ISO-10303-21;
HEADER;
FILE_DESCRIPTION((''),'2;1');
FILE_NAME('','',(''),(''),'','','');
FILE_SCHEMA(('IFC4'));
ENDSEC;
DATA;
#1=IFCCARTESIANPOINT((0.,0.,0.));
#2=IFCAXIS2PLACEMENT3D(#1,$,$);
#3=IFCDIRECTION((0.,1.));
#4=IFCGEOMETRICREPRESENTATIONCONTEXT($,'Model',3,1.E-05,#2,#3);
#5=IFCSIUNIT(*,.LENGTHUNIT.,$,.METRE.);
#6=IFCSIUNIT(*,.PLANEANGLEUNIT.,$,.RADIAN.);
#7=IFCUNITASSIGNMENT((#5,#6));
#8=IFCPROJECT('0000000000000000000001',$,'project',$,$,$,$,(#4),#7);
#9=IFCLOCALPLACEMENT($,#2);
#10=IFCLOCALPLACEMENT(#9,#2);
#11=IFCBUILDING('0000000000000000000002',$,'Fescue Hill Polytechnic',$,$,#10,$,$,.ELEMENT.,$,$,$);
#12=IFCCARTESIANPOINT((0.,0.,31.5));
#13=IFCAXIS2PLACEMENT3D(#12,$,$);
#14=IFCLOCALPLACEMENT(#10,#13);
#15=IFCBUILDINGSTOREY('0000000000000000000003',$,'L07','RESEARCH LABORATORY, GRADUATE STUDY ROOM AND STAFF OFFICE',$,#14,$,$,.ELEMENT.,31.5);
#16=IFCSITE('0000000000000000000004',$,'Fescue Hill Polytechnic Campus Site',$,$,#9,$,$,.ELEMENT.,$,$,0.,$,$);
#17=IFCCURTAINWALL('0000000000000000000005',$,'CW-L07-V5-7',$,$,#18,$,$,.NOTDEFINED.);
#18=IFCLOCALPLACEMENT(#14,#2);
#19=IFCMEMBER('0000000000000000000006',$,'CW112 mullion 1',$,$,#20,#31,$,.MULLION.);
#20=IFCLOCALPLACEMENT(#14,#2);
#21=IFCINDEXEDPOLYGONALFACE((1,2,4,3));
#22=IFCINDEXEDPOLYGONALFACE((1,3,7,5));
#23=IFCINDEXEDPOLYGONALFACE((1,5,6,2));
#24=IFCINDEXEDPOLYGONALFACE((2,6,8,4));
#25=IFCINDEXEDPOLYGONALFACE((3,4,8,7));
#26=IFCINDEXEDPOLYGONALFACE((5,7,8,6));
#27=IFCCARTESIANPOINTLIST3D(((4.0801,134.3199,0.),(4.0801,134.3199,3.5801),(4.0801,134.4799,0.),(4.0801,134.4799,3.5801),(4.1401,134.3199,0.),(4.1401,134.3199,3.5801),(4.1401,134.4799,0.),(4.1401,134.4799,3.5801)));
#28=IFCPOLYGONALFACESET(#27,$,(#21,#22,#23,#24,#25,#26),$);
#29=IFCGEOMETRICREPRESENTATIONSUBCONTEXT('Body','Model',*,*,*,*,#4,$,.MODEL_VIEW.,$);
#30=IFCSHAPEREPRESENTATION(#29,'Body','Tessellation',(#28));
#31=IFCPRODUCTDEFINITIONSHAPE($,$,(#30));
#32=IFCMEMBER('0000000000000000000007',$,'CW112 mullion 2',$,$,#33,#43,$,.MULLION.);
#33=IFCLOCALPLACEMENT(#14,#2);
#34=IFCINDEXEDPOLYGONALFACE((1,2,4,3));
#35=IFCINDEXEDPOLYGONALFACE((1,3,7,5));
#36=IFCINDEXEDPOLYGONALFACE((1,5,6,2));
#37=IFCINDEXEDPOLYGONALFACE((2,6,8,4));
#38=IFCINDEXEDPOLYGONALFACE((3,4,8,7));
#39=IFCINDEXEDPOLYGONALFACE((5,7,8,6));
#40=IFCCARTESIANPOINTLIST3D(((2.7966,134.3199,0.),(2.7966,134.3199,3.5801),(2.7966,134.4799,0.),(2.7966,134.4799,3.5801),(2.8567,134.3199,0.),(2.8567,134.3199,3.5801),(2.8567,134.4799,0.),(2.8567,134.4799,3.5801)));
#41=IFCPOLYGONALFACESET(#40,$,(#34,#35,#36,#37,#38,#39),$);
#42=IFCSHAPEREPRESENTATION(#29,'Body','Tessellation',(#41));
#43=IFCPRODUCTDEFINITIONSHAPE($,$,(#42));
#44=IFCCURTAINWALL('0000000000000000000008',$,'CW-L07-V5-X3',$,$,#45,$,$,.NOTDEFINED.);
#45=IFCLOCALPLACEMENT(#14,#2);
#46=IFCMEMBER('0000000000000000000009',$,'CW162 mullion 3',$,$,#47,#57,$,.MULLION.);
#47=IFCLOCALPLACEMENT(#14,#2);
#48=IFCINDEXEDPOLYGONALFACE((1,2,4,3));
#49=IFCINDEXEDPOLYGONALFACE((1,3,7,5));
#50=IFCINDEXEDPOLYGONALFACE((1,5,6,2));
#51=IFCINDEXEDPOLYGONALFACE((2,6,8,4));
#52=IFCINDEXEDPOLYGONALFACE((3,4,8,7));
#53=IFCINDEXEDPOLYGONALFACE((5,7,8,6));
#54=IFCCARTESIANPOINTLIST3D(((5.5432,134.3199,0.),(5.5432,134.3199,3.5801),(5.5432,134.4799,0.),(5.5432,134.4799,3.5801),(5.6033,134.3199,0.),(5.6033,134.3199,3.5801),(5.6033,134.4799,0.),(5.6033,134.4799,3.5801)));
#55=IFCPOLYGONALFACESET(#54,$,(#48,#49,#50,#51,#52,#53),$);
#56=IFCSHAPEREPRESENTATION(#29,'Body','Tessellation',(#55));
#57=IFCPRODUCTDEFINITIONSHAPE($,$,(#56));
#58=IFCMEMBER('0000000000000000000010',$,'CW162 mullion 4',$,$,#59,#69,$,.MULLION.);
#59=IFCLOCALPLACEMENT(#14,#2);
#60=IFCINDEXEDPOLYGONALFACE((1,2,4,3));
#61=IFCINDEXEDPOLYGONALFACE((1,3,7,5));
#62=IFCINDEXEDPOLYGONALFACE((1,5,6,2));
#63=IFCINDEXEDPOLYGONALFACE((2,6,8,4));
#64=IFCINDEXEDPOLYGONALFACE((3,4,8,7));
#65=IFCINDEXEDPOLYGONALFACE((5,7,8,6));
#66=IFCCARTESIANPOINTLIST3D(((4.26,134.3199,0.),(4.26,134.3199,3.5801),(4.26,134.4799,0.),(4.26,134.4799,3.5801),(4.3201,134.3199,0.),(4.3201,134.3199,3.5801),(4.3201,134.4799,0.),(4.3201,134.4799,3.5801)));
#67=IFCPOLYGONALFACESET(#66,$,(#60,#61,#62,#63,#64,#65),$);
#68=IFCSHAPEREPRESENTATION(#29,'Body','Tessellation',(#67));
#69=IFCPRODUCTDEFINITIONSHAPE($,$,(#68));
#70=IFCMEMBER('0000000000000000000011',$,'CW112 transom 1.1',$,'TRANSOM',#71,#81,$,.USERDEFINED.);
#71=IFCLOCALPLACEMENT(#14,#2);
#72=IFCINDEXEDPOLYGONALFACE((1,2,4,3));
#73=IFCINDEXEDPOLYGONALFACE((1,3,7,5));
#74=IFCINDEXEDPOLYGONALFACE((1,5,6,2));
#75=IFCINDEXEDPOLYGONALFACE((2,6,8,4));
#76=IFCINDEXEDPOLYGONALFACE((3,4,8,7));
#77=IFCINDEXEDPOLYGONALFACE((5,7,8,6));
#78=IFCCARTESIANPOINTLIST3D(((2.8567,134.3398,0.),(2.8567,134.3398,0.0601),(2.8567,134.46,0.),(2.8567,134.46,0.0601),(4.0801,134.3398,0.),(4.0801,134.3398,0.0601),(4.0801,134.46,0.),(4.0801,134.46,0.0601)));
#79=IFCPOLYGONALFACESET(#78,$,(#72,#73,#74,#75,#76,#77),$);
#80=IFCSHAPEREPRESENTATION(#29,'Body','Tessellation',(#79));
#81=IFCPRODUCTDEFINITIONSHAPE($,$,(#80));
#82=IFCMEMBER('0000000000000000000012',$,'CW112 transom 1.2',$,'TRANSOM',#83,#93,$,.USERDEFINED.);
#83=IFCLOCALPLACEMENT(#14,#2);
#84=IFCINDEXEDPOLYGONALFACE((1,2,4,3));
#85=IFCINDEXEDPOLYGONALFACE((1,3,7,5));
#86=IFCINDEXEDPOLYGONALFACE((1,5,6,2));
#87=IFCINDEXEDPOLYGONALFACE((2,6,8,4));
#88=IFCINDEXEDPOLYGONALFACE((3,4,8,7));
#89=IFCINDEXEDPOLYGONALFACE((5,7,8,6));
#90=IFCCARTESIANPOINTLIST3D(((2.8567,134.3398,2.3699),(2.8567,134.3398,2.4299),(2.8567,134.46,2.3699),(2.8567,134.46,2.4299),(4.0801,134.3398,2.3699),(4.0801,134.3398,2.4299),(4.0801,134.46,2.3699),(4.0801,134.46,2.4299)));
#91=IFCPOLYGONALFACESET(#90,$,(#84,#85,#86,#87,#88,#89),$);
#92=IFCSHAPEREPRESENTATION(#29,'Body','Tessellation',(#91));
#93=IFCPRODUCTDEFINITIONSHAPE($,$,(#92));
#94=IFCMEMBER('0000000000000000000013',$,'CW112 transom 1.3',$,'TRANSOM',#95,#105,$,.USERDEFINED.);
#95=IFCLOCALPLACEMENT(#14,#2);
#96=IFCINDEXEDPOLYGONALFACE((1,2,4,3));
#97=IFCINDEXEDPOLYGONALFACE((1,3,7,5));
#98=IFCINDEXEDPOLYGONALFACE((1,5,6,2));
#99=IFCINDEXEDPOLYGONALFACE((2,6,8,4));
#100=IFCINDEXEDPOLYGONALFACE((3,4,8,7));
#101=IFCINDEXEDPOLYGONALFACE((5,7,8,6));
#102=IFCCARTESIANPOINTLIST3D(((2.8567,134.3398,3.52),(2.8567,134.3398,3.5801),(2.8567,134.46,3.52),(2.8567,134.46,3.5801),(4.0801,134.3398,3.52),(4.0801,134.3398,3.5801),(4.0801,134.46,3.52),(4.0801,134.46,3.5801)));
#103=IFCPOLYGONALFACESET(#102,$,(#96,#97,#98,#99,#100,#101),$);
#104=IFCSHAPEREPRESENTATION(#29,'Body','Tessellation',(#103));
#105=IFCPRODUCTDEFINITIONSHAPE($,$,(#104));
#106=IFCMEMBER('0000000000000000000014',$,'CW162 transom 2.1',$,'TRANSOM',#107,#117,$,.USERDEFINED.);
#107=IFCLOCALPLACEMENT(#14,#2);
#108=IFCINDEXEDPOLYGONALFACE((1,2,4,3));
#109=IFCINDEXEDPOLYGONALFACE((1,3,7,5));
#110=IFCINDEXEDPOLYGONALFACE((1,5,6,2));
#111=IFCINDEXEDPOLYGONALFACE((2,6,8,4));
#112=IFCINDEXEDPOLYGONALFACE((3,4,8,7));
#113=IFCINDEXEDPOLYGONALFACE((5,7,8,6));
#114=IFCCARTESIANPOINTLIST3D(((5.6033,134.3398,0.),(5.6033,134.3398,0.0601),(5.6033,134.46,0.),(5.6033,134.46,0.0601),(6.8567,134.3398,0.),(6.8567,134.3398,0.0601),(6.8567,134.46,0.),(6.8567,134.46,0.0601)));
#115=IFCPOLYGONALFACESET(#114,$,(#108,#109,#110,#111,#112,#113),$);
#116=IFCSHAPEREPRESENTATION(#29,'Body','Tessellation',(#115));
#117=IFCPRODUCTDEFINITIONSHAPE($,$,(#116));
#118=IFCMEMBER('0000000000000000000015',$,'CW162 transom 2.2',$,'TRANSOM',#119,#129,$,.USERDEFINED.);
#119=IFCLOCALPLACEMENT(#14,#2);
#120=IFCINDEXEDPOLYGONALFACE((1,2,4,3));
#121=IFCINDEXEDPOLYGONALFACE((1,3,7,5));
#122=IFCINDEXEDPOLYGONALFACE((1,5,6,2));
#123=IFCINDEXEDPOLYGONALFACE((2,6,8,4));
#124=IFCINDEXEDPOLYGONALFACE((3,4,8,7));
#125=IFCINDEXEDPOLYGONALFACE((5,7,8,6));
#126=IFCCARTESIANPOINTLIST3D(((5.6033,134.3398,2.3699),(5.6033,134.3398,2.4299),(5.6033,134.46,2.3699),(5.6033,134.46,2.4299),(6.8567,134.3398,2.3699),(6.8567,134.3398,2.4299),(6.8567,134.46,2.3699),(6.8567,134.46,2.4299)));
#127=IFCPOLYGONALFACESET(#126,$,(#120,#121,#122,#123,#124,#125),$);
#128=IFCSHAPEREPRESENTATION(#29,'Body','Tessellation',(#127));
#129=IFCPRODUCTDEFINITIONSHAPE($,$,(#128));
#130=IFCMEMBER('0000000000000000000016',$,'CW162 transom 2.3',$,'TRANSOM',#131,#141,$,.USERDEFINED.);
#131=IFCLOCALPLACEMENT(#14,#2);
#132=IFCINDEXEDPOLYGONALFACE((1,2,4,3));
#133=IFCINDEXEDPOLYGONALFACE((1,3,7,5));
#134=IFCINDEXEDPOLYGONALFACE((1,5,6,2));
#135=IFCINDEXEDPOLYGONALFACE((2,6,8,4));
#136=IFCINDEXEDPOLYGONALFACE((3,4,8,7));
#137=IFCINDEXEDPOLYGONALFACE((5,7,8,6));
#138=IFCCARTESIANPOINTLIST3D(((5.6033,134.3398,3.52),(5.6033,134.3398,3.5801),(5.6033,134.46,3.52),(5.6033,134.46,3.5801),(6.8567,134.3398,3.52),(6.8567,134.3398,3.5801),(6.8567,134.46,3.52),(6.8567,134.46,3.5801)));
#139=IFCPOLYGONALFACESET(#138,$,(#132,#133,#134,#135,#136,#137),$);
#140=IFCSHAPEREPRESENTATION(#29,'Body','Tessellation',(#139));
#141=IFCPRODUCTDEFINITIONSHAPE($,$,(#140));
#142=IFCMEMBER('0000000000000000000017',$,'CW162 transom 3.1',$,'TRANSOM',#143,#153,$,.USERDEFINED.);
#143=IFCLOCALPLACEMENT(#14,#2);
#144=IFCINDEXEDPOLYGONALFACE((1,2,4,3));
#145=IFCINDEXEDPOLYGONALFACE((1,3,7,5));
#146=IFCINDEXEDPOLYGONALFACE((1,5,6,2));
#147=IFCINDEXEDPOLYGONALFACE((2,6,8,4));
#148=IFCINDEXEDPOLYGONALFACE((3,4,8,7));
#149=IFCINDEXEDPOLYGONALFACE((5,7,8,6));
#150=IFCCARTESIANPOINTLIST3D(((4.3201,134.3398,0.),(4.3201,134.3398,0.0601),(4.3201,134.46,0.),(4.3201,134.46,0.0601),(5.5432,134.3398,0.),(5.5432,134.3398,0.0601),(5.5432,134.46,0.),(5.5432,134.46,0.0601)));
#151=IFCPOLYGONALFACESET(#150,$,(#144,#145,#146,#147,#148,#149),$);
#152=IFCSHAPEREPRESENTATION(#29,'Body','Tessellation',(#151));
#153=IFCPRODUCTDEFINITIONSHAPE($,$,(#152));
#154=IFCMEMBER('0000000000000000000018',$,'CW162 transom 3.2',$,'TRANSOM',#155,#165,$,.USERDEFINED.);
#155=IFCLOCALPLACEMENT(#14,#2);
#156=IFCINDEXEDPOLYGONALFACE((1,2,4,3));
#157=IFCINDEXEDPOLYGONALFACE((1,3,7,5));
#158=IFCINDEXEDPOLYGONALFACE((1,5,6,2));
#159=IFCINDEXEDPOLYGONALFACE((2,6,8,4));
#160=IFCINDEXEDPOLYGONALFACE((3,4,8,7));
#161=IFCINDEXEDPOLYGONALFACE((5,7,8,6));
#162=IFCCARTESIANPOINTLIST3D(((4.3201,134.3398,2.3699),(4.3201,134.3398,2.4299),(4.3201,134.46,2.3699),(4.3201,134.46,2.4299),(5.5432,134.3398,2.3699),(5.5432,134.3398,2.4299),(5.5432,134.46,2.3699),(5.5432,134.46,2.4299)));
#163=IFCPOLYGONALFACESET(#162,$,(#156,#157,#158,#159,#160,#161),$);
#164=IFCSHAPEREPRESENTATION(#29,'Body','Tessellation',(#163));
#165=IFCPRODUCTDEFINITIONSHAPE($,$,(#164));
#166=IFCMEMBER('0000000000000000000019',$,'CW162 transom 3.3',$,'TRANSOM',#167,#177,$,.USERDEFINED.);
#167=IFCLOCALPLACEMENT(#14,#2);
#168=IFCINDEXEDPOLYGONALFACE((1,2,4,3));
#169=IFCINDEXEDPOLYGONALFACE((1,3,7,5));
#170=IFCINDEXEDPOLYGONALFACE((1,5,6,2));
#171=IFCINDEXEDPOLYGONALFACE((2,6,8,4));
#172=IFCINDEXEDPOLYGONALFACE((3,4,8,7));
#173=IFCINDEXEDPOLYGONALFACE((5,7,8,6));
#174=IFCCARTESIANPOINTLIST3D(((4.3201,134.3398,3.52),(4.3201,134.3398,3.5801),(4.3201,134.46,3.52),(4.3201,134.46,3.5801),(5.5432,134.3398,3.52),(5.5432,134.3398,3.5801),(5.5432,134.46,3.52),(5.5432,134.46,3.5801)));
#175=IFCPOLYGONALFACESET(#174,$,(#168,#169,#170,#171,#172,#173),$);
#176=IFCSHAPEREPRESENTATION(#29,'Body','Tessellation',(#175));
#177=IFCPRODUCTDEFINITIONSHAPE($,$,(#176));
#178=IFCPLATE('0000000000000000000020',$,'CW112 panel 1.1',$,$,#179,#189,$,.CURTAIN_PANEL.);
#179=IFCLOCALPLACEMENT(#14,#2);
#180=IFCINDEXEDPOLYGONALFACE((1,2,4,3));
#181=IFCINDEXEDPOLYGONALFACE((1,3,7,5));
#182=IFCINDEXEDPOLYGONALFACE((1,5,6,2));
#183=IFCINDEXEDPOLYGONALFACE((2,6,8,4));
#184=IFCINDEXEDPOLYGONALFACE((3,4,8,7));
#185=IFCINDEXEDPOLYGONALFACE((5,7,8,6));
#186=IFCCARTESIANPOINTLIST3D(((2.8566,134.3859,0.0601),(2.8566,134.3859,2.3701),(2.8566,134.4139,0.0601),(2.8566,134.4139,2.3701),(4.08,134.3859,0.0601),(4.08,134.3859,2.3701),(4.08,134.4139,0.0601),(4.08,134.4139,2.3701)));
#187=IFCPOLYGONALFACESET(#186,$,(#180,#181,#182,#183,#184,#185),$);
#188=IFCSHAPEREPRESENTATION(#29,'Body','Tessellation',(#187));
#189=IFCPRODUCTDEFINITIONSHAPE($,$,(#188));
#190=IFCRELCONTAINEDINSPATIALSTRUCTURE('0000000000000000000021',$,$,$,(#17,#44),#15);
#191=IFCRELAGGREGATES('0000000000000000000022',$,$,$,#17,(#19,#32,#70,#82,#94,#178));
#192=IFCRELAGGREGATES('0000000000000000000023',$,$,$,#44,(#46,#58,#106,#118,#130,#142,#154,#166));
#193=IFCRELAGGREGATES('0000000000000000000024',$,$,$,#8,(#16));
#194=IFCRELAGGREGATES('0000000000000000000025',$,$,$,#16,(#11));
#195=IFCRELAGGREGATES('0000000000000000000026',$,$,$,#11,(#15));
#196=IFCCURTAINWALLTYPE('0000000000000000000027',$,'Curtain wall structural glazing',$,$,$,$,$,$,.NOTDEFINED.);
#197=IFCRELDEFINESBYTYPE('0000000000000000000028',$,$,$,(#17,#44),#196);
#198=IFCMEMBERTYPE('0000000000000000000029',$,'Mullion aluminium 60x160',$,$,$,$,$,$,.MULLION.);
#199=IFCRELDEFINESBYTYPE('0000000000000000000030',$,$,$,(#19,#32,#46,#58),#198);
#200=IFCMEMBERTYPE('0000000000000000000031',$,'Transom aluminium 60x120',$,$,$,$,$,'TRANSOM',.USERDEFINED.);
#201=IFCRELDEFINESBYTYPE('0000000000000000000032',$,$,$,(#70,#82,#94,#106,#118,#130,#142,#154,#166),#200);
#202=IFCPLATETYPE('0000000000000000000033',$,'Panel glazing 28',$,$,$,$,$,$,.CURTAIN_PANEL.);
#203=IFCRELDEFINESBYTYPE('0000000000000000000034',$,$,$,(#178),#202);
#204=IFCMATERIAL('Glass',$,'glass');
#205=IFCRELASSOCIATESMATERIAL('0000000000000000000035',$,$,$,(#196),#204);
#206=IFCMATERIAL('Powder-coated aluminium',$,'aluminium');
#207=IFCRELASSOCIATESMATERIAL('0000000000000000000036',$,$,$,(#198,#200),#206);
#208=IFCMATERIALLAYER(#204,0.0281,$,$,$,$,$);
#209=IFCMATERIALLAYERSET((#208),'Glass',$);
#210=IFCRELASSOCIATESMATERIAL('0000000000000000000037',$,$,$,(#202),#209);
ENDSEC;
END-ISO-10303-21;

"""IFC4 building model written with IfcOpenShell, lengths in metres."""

from ifc_helpers import new_model, si_unit, direction, frame, origin, origin_2d, place, context, subcontext, project, spatial, rectangle, extrude, material, layer, layer_set, material_profile, profile_set, type_object, element, aggregate, save


model = new_model("IFC4")

# Units and contexts
model_context = context("Model", 3, precision=1e-05, world=origin(), true_north=direction((0.0, 1.0)))
body_context = subcontext(model_context, "Body", "Model", "MODEL_VIEW")
ifc_project = project(units=[si_unit("LENGTHUNIT", "METRE"), si_unit("PLANEANGLEUNIT", "RADIAN")], contexts=[model_context])

# Site, building, storey
site_placement = place(None, origin())
site = spatial("IfcSite", under=ifc_project, at=site_placement, Name="Fescue Hill Polytechnic Campus Site", CompositionType="ELEMENT", RefElevation=0.0)
building_placement = place(site_placement, origin())
building = spatial("IfcBuilding", under=site, at=building_placement, Name="Fescue Hill Polytechnic", CompositionType="ELEMENT")
storey_placement = place(building_placement, frame((0.0, 0.0, 31.5)))
storey = spatial("IfcBuildingStorey", under=building, at=storey_placement, Name="L07", Description="RESEARCH LABORATORY, GRADUATE STUDY ROOM AND STAFF OFFICE", CompositionType="ELEMENT", Elevation=31.5)

# Curtain walls, members
ifc_material_1 = material(Name="Glass", Category="glass")
curtain_wall_type = type_object("IfcCurtainWallType", Name="Curtain wall structural glazing", PredefinedType="NOTDEFINED", material=ifc_material_1)
curtain_wall_1_placement = place(storey_placement, origin())
curtain_wall_1 = element("IfcCurtainWall", 1, at=curtain_wall_1_placement, inside=storey, type_object=curtain_wall_type, Name="CW-L07-V5-7", PredefinedType="NOTDEFINED")
ifc_material_2 = material(Name="Powder-coated aluminium", Category="aluminium")
ifc_material_profile_1 = material_profile(ifc_material_2, rectangle(XDim=0.1599, YDim=0.0601, at=origin_2d()), Name="Mullion aluminium 60x160")
ifc_profile_set_1 = profile_set([ifc_material_profile_1], Name="Powder-coated aluminium")
member_type_1 = type_object("IfcMemberType", Name="Mullion aluminium 60x160", PredefinedType="MULLION", material=ifc_profile_set_1)
member_1_placement = place(storey_placement, frame((4.1101, 134.3999, 0.0), z_axis=(0.0, 0.0, 1.0), x_axis=(0.0, -1.0, 0.0)))
member_1 = element("IfcMember", 2, at=member_1_placement, type_object=member_type_1, Name="CW112 mullion 1", PredefinedType="MULLION", context=body_context, shape_type="SweptSolid", body=[
    extrude(rectangle(XDim=0.1599, YDim=0.0601, at=origin_2d()), origin(), (0.0, 0.0, 1.0), 3.5801),
])
member_2_placement = place(storey_placement, frame((2.8267, 134.3999, 0.0), z_axis=(0.0, 0.0, 1.0), x_axis=(0.0, -1.0, 0.0)))
member_2 = element("IfcMember", 3, at=member_2_placement, type_object=member_type_1, Name="CW112 mullion 2", PredefinedType="MULLION", context=body_context, shape_type="SweptSolid", body=[
    extrude(rectangle(XDim=0.1599, YDim=0.0601, at=origin_2d()), origin(), (0.0, 0.0, 1.0), 3.5801),
])
curtain_wall_2_placement = place(storey_placement, origin())
curtain_wall_2 = element("IfcCurtainWall", 4, at=curtain_wall_2_placement, inside=storey, type_object=curtain_wall_type, Name="CW-L07-V5-X3", PredefinedType="NOTDEFINED")
member_3_placement = place(storey_placement, frame((5.5732, 134.3999, 0.0), z_axis=(0.0, 0.0, 1.0), x_axis=(0.0, -1.0, 0.0)))
member_3 = element("IfcMember", 5, at=member_3_placement, type_object=member_type_1, Name="CW162 mullion 3", PredefinedType="MULLION", context=body_context, shape_type="SweptSolid", body=[
    extrude(rectangle(XDim=0.1599, YDim=0.0601, at=origin_2d()), origin(), (0.0, 0.0, 1.0), 3.5801),
])
member_4_placement = place(storey_placement, frame((4.29, 134.3999, 0.0), z_axis=(0.0, 0.0, 1.0), x_axis=(0.0, -1.0, 0.0)))
member_4 = element("IfcMember", 6, at=member_4_placement, type_object=member_type_1, Name="CW162 mullion 4", PredefinedType="MULLION", context=body_context, shape_type="SweptSolid", body=[
    extrude(rectangle(XDim=0.1599, YDim=0.0601, at=origin_2d()), origin(), (0.0, 0.0, 1.0), 3.5801),
])

# Members
ifc_material_profile_2 = material_profile(ifc_material_2, rectangle(XDim=0.1201, YDim=0.0601, at=origin_2d()), Name="Transom aluminium 60x120")
ifc_profile_set_2 = profile_set([ifc_material_profile_2], Name="Powder-coated aluminium")
member_type_2 = type_object("IfcMemberType", Name="Transom aluminium 60x120", ElementType="TRANSOM", PredefinedType="USERDEFINED", material=ifc_profile_set_2)
member_5_placement = place(storey_placement, frame((4.0801, 134.3999, 0.03), z_axis=(-1.0, 0.0, 0.0), x_axis=(0.0, -1.0, 0.0)))
member_5 = element("IfcMember", 7, at=member_5_placement, type_object=member_type_2, Name="CW112 transom 1.1", ObjectType="TRANSOM", PredefinedType="USERDEFINED", context=body_context, shape_type="SweptSolid", body=[
    extrude(rectangle(XDim=0.1201, YDim=0.0601, at=origin_2d()), origin(), (0.0, 0.0, 1.0), 1.2234),
])
member_6_placement = place(storey_placement, frame((4.0801, 134.3999, 2.3999), z_axis=(-1.0, 0.0, 0.0), x_axis=(0.0, -1.0, 0.0)))
member_6 = element("IfcMember", 8, at=member_6_placement, type_object=member_type_2, Name="CW112 transom 1.2", ObjectType="TRANSOM", PredefinedType="USERDEFINED", context=body_context, shape_type="SweptSolid", body=[
    extrude(rectangle(XDim=0.1201, YDim=0.0601, at=origin_2d()), origin(), (0.0, 0.0, 1.0), 1.2234),
])
member_7_placement = place(storey_placement, frame((4.0801, 134.3999, 3.55), z_axis=(-1.0, 0.0, 0.0), x_axis=(0.0, -1.0, 0.0)))
member_7 = element("IfcMember", 9, at=member_7_placement, type_object=member_type_2, Name="CW112 transom 1.3", ObjectType="TRANSOM", PredefinedType="USERDEFINED", context=body_context, shape_type="SweptSolid", body=[
    extrude(rectangle(XDim=0.1201, YDim=0.0601, at=origin_2d()), origin(), (0.0, 0.0, 1.0), 1.2234),
])
member_8_placement = place(storey_placement, frame((6.8567, 134.3999, 0.03), z_axis=(-1.0, 0.0, 0.0), x_axis=(0.0, -1.0, 0.0)))
member_8 = element("IfcMember", 10, at=member_8_placement, type_object=member_type_2, Name="CW162 transom 2.1", ObjectType="TRANSOM", PredefinedType="USERDEFINED", context=body_context, shape_type="SweptSolid", body=[
    extrude(rectangle(XDim=0.1201, YDim=0.0601, at=origin_2d()), origin(), (0.0, 0.0, 1.0), 1.2534),
])
member_9_placement = place(storey_placement, frame((6.8567, 134.3999, 2.3999), z_axis=(-1.0, 0.0, 0.0), x_axis=(0.0, -1.0, 0.0)))
member_9 = element("IfcMember", 11, at=member_9_placement, type_object=member_type_2, Name="CW162 transom 2.2", ObjectType="TRANSOM", PredefinedType="USERDEFINED", context=body_context, shape_type="SweptSolid", body=[
    extrude(rectangle(XDim=0.1201, YDim=0.0601, at=origin_2d()), origin(), (0.0, 0.0, 1.0), 1.2534),
])
member_10_placement = place(storey_placement, frame((6.8567, 134.3999, 3.55), z_axis=(-1.0, 0.0, 0.0), x_axis=(0.0, -1.0, 0.0)))
member_10 = element("IfcMember", 12, at=member_10_placement, type_object=member_type_2, Name="CW162 transom 2.3", ObjectType="TRANSOM", PredefinedType="USERDEFINED", context=body_context, shape_type="SweptSolid", body=[
    extrude(rectangle(XDim=0.1201, YDim=0.0601, at=origin_2d()), origin(), (0.0, 0.0, 1.0), 1.2534),
])
member_11_placement = place(storey_placement, frame((5.5432, 134.3999, 0.03), z_axis=(-1.0, 0.0, 0.0), x_axis=(0.0, -1.0, 0.0)))
member_11 = element("IfcMember", 13, at=member_11_placement, type_object=member_type_2, Name="CW162 transom 3.1", ObjectType="TRANSOM", PredefinedType="USERDEFINED", context=body_context, shape_type="SweptSolid", body=[
    extrude(rectangle(XDim=0.1201, YDim=0.0601, at=origin_2d()), origin(), (0.0, 0.0, 1.0), 1.2231),
])
member_12_placement = place(storey_placement, frame((5.5432, 134.3999, 2.3999), z_axis=(-1.0, 0.0, 0.0), x_axis=(0.0, -1.0, 0.0)))
member_12 = element("IfcMember", 14, at=member_12_placement, type_object=member_type_2, Name="CW162 transom 3.2", ObjectType="TRANSOM", PredefinedType="USERDEFINED", context=body_context, shape_type="SweptSolid", body=[
    extrude(rectangle(XDim=0.1201, YDim=0.0601, at=origin_2d()), origin(), (0.0, 0.0, 1.0), 1.2231),
])
member_13_placement = place(storey_placement, frame((5.5432, 134.3999, 3.55), z_axis=(-1.0, 0.0, 0.0), x_axis=(0.0, -1.0, 0.0)))
member_13 = element("IfcMember", 15, at=member_13_placement, type_object=member_type_2, Name="CW162 transom 3.3", ObjectType="TRANSOM", PredefinedType="USERDEFINED", context=body_context, shape_type="SweptSolid", body=[
    extrude(rectangle(XDim=0.1201, YDim=0.0601, at=origin_2d()), origin(), (0.0, 0.0, 1.0), 1.2231),
])

# Plate
ifc_layer_1 = layer(ifc_material_1, 0.0281)
ifc_layer_set_1 = layer_set([ifc_layer_1], Name="Glass")
plate_type = type_object("IfcPlateType", Name="Panel glazing 28", PredefinedType="CURTAIN_PANEL", material=ifc_layer_set_1)
plate_1_placement = place(storey_placement, frame((3.4683, 134.3999, 0.0601), z_axis=(0.0, 0.0, 1.0), x_axis=(-1.0, 0.0, 0.0)))
plate_1 = element("IfcPlate", 16, at=plate_1_placement, type_object=plate_type, Name="CW112 panel 1.1", PredefinedType="CURTAIN_PANEL", context=body_context, shape_type="SweptSolid", body=[
    extrude(rectangle(XDim=1.2234, YDim=0.0281, at=origin_2d()), origin(), (0.0, 0.0, 1.0), 2.3101),
])
aggregate(curtain_wall_1, [member_1, member_2, member_5, member_6, member_7, plate_1])
aggregate(curtain_wall_2, [member_3, member_4, member_8, member_9, member_10, member_11, member_12, member_13])

save(model, "model.ifc")
